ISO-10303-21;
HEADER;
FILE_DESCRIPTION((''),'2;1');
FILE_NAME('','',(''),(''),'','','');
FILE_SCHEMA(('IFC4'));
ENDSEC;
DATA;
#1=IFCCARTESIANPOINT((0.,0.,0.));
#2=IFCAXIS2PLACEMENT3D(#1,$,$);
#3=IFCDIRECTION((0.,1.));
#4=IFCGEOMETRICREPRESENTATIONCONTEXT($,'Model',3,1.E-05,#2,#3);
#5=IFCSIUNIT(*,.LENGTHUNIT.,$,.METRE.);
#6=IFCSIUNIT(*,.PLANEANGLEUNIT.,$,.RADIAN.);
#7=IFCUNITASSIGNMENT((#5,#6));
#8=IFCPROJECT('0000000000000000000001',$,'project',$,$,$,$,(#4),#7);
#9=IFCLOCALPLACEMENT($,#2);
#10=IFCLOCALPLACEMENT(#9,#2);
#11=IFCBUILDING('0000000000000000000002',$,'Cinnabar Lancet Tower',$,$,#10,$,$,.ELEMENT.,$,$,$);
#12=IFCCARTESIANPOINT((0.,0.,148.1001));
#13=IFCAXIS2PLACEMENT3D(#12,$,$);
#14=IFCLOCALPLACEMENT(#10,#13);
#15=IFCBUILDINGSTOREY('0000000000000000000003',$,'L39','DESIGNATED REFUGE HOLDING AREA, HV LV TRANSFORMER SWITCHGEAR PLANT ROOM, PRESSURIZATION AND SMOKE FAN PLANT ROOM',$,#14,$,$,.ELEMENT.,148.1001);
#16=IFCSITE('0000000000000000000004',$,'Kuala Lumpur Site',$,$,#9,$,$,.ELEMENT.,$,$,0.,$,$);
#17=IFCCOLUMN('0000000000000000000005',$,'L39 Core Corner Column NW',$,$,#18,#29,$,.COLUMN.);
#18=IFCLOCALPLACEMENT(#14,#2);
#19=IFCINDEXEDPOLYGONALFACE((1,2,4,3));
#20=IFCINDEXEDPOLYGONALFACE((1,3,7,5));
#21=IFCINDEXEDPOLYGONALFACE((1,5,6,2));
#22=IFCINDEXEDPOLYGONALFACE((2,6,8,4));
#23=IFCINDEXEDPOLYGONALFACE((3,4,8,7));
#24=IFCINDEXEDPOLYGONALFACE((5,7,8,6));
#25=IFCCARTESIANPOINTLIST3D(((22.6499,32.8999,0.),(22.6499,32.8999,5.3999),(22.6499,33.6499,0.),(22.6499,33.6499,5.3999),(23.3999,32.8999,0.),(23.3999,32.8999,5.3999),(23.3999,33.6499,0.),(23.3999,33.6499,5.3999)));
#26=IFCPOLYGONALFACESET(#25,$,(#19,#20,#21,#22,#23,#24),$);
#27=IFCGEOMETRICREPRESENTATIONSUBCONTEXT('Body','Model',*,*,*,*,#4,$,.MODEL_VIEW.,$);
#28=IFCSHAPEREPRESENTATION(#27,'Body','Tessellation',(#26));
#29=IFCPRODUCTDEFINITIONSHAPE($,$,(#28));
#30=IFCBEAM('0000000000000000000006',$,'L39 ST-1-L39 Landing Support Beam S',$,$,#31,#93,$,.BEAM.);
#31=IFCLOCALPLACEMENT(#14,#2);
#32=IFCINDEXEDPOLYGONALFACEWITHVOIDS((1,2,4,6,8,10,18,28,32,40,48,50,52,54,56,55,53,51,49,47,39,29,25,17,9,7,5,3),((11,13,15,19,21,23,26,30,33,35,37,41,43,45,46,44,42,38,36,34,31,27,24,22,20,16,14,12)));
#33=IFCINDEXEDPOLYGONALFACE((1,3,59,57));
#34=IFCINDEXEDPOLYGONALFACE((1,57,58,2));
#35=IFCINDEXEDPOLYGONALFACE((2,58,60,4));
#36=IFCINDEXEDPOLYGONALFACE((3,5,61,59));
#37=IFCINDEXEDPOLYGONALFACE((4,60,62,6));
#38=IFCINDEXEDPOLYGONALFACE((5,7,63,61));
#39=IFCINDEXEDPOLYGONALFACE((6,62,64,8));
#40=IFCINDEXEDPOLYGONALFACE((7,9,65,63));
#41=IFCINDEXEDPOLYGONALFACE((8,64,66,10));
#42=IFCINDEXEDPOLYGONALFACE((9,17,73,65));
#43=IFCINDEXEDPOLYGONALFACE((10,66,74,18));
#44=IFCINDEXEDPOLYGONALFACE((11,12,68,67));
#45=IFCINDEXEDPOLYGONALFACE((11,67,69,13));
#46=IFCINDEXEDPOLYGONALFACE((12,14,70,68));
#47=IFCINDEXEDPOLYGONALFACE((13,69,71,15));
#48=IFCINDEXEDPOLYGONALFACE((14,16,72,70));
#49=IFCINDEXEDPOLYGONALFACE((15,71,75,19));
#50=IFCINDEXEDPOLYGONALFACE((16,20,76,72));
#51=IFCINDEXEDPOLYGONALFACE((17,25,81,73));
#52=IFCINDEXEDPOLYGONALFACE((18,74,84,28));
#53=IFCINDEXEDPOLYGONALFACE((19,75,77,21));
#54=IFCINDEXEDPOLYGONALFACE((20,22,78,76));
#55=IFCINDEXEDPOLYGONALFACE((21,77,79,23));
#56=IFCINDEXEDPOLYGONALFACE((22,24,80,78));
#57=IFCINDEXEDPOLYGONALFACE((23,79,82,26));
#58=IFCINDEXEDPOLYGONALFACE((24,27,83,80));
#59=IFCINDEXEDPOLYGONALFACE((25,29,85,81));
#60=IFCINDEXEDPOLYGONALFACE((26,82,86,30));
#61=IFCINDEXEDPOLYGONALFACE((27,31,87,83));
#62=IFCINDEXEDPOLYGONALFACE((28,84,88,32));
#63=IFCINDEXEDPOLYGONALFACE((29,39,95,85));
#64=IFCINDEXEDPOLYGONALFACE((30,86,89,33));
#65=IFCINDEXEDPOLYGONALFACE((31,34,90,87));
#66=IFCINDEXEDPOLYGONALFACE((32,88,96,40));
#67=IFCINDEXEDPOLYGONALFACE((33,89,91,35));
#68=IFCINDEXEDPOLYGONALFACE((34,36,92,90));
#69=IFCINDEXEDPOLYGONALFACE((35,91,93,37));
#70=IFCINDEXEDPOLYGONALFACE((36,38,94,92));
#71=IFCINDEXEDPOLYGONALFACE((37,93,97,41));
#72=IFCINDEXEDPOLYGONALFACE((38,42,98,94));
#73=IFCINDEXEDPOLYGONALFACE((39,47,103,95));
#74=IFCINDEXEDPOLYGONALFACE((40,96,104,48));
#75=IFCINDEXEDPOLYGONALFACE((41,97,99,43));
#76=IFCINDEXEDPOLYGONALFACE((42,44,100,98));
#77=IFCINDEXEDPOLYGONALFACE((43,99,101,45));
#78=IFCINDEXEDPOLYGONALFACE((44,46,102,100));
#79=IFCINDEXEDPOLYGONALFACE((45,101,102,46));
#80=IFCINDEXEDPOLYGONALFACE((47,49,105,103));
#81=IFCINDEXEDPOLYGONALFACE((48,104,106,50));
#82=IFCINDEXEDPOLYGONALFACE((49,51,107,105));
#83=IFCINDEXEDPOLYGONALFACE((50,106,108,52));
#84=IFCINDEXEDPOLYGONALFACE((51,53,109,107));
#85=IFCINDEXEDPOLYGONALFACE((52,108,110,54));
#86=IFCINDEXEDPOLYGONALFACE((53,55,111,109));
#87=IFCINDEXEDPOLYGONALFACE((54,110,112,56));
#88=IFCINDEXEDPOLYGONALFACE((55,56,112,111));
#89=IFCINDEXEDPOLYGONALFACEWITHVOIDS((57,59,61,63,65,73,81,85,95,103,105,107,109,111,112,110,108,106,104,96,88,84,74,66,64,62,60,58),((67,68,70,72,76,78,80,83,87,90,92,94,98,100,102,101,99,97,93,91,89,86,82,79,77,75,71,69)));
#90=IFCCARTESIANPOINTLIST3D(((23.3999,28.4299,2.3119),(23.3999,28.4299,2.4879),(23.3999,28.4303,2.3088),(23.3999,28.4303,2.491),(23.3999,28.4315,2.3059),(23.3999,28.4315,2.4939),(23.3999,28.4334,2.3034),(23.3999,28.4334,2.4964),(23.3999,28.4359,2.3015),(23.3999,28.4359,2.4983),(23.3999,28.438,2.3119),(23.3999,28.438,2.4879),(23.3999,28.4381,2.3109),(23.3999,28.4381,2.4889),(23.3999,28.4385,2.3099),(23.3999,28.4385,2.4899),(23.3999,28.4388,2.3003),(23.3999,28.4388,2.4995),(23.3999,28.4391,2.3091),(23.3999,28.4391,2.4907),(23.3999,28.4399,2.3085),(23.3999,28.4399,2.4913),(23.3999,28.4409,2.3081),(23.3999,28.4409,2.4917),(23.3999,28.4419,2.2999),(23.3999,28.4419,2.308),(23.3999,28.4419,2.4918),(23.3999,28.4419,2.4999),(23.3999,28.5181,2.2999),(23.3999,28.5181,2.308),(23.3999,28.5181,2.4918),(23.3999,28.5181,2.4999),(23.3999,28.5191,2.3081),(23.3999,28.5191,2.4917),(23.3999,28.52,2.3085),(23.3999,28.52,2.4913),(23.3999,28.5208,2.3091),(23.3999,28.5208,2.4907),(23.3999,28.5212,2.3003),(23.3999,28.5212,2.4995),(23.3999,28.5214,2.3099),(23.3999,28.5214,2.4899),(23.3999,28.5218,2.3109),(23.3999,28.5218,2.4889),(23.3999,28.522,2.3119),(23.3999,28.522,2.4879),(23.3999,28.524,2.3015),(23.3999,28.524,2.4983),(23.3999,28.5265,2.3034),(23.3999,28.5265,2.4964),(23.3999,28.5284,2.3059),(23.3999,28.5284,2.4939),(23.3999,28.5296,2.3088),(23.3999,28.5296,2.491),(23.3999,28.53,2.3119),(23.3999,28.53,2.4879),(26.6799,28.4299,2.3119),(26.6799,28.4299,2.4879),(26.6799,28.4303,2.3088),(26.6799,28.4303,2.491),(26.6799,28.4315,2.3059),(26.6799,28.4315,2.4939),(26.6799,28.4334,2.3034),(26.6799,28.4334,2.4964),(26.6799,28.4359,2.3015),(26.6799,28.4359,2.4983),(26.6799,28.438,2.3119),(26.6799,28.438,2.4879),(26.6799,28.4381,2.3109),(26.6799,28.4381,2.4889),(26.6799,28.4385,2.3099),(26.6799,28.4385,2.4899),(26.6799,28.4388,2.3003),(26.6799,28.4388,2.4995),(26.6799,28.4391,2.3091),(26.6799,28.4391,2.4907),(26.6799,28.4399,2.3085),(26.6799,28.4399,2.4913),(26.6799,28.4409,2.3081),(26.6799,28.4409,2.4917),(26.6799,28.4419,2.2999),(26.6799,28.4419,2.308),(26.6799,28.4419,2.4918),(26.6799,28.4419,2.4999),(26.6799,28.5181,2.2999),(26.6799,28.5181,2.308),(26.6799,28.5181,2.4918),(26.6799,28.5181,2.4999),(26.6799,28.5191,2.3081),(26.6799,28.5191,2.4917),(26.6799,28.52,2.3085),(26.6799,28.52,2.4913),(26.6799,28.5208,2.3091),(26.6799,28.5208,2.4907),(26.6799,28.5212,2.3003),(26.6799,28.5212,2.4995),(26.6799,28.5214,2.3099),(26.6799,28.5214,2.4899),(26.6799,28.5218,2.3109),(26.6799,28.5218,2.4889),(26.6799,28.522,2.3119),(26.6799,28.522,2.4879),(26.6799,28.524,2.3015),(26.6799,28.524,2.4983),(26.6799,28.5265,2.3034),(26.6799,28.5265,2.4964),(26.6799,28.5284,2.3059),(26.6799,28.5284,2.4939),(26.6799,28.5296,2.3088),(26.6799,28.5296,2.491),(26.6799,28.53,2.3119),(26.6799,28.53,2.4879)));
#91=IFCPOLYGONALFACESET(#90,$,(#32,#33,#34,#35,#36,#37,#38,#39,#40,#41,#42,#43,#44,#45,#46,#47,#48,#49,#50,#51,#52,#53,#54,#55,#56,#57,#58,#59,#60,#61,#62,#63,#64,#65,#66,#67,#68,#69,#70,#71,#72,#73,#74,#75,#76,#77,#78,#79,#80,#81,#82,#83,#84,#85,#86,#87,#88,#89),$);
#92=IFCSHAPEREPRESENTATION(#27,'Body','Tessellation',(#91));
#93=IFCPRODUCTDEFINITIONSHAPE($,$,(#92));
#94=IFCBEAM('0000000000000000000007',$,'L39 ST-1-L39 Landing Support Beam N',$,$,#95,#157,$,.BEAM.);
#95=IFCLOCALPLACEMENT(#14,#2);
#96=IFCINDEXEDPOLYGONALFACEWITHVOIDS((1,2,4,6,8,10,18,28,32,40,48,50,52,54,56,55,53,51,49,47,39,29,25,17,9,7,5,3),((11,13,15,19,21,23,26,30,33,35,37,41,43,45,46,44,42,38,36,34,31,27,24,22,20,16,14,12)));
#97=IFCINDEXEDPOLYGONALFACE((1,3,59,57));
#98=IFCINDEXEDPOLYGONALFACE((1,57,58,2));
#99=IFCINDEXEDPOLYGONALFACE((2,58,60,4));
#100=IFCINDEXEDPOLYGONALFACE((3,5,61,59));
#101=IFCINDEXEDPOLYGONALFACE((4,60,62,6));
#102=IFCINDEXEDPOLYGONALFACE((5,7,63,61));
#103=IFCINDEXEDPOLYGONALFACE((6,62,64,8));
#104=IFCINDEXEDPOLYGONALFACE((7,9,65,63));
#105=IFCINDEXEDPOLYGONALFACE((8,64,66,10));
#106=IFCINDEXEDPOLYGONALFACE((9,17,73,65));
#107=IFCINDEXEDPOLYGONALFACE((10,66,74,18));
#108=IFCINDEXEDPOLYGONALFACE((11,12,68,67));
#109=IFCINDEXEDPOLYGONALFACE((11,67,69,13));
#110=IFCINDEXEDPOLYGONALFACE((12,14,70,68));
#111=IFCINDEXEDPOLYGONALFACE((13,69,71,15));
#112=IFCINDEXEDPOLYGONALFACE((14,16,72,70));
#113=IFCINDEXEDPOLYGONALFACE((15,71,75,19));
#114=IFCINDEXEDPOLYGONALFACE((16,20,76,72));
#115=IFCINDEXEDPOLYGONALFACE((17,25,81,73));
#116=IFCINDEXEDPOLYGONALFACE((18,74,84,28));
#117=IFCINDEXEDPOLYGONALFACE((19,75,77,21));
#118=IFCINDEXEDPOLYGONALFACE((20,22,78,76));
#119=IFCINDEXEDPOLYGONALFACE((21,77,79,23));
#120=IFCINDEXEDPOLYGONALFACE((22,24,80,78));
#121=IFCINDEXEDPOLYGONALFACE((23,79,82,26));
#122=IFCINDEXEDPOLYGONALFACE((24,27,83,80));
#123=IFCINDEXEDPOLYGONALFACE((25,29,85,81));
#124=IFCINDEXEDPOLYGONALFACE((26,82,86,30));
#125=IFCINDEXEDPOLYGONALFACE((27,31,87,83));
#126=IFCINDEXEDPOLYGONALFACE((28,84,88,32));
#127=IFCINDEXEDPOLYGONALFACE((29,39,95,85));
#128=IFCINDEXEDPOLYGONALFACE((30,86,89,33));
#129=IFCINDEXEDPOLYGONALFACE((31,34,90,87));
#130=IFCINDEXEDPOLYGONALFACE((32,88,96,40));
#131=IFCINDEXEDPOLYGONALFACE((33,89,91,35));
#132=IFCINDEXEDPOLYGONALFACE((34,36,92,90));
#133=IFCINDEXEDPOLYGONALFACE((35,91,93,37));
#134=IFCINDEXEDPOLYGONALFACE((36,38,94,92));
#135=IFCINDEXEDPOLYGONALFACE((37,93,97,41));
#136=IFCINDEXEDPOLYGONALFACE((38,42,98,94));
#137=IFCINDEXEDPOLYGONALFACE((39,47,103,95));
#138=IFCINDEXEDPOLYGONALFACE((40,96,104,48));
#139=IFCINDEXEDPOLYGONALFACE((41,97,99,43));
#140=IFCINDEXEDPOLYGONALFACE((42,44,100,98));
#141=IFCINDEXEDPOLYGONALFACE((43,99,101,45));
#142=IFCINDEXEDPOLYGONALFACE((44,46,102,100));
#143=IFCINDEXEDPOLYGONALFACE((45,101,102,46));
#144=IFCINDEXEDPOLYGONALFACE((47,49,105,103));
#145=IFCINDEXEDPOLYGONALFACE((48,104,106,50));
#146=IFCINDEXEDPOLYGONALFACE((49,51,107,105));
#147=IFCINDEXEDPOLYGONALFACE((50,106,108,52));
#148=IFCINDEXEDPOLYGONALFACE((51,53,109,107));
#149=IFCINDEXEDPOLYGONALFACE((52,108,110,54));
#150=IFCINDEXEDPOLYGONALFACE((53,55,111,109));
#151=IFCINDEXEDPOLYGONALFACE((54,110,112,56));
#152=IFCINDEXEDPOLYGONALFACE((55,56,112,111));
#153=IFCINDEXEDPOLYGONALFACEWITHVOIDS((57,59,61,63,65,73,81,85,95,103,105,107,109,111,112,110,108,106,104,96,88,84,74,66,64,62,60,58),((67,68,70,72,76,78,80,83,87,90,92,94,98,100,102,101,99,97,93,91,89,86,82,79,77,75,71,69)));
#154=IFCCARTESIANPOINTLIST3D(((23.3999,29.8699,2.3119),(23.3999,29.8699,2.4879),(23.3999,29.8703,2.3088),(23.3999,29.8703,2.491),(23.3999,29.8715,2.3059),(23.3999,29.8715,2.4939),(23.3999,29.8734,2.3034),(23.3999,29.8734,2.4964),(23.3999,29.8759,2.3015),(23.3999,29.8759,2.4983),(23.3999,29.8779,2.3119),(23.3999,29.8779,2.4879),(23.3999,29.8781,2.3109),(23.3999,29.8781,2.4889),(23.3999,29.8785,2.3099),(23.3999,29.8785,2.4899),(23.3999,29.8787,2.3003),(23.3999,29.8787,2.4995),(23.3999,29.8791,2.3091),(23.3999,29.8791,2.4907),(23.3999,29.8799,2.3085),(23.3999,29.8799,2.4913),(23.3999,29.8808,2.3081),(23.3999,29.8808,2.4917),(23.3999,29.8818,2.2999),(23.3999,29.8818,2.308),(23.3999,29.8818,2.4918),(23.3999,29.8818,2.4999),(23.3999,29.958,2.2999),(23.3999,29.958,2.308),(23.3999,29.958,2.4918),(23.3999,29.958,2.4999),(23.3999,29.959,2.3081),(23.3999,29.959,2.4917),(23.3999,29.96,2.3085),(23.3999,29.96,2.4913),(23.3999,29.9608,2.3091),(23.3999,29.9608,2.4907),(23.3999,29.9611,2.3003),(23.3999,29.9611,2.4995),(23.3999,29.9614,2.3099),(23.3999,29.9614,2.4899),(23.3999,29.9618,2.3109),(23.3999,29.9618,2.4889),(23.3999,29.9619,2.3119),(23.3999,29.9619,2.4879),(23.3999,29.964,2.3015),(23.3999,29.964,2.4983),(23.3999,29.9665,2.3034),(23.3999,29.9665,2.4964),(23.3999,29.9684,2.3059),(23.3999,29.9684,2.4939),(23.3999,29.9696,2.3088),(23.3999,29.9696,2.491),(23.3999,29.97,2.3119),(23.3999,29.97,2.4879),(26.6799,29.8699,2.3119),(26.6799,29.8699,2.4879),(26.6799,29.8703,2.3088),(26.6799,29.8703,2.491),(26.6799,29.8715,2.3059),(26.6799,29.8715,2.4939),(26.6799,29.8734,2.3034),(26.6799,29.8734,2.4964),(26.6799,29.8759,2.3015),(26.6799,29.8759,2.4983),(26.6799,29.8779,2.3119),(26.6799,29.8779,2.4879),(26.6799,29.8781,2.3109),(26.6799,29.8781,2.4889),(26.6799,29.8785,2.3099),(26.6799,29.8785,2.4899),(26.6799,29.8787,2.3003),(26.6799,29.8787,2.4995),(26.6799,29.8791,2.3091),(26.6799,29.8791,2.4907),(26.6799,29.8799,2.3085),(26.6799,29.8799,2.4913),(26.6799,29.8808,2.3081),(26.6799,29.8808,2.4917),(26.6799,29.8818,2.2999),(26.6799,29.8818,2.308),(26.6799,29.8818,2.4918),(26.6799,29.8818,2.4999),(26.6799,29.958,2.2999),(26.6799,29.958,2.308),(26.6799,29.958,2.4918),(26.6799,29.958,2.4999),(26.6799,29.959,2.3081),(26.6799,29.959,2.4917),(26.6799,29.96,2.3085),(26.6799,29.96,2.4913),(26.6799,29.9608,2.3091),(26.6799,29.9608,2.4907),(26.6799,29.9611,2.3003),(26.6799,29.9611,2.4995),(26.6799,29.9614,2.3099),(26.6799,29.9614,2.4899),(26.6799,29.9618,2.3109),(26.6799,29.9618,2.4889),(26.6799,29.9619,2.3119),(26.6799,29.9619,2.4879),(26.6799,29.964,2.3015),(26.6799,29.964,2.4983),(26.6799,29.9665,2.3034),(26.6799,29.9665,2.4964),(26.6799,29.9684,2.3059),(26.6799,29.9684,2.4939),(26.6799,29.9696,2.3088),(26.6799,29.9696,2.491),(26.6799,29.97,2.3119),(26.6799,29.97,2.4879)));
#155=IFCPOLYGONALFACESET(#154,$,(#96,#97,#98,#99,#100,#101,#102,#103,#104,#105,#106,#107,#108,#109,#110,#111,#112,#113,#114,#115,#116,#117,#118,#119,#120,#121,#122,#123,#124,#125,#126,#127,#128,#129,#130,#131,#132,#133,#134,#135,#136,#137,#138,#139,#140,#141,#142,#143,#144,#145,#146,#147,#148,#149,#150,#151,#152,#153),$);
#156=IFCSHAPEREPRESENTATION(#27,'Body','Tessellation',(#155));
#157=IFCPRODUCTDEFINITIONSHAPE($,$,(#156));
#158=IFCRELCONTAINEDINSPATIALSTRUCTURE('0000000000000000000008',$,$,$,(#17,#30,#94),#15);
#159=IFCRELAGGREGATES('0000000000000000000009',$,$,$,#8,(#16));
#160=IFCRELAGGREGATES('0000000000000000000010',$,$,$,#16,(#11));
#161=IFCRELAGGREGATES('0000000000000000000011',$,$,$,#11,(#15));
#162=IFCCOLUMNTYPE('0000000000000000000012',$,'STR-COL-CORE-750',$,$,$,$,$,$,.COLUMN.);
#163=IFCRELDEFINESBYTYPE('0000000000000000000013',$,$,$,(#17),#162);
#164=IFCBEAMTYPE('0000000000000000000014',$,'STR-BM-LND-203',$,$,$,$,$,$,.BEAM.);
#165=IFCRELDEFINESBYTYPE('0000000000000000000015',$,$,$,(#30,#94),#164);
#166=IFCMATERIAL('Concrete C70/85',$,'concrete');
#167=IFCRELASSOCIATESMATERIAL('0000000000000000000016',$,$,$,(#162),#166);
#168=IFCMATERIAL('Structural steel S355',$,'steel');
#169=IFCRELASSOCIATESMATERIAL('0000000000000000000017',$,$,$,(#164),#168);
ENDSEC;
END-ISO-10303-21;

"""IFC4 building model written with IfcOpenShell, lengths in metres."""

from ifc_helpers import new_model, si_unit, direction, frame, origin, origin_2d, place, context, subcontext, project, spatial, rectangle, hollow_rectangle, extrude, material, material_profile, profile_set, type_object, element, save


model = new_model("IFC4")

# Units and contexts
model_context = context("Model", 3, precision=1e-05, world=origin(), true_north=direction((0.0, 1.0)))
body_context = subcontext(model_context, "Body", "Model", "MODEL_VIEW")
ifc_project = project(units=[si_unit("LENGTHUNIT", "METRE"), si_unit("PLANEANGLEUNIT", "RADIAN")], contexts=[model_context])

# Site, building, storey
site_placement = place(None, origin())
site = spatial("IfcSite", under=ifc_project, at=site_placement, Name="Kuala Lumpur Site", CompositionType="ELEMENT", RefElevation=0.0)
building_placement = place(site_placement, origin())
building = spatial("IfcBuilding", under=site, at=building_placement, Name="Cinnabar Lancet Tower", CompositionType="ELEMENT")
storey_placement = place(building_placement, frame((0.0, 0.0, 148.1001)))
storey = spatial("IfcBuildingStorey", under=building, at=storey_placement, Name="L39", Description="DESIGNATED REFUGE HOLDING AREA, HV LV TRANSFORMER SWITCHGEAR PLANT ROOM, PRESSURIZATION AND SMOKE FAN PLANT ROOM", CompositionType="ELEMENT", Elevation=148.1001)

# Column
ifc_material_1 = material(Name="Concrete C70/85", Category="concrete")
ifc_material_profile_1 = material_profile(ifc_material_1, rectangle(XDim=0.75, YDim=0.75, at=origin_2d()), Name="RC-COL 750x750")
ifc_profile_set_1 = profile_set([ifc_material_profile_1], Name="Concrete C70/85")
column_type = type_object("IfcColumnType", Name="STR-COL-CORE-750", PredefinedType="COLUMN", material=ifc_profile_set_1)
column_placement = place(storey_placement, frame((23.0249, 33.2749, 0.0), z_axis=(0.0, 0.0, 1.0), x_axis=(1.0, 0.0, 0.0)))
element("IfcColumn", 1, at=column_placement, inside=storey, type_object=column_type, Name="L39 Core Corner Column NW", PredefinedType="COLUMN", context=body_context, shape_type="SweptSolid", body=[
    extrude(rectangle(XDim=0.75, YDim=0.75, at=origin_2d()), origin(), (0.0, 0.0, 1.0), 5.3999),
])

# Beams
ifc_material_2 = material(Name="Structural steel S355", Category="steel")
ifc_material_profile_2 = material_profile(ifc_material_2, hollow_rectangle(XDim=0.1001, YDim=0.2, WallThickness=0.0081, InnerFilletRadius=0.0039, OuterFilletRadius=0.012, at=origin_2d()), Name="RHS 200x100x8")
ifc_profile_set_2 = profile_set([ifc_material_profile_2], Name="Structural steel S355")
beam_type = type_object("IfcBeamType", Name="STR-BM-LND-203", PredefinedType="BEAM", material=ifc_profile_set_2)
for number, where, z_axis, x_axis, name in (
    (2, (23.3999, 28.48, 2.3999), (1.0, 0.0, 0.0), (0.0, 1.0, 0.0), "L39 ST-1-L39 Landing Support Beam S"),
    (3, (23.3999, 29.9199, 2.3999), (1.0, 0.0, 0.0), (0.0, 1.0, 0.0), "L39 ST-1-L39 Landing Support Beam N"),
):
    element("IfcBeam", number, at=place(storey_placement, frame(where, z_axis=z_axis, x_axis=x_axis)), inside=storey, type_object=beam_type, Name=name, PredefinedType="BEAM", context=body_context, shape_type="SweptSolid", body=[
        extrude(hollow_rectangle(XDim=0.1001, YDim=0.2, WallThickness=0.0081, InnerFilletRadius=0.0039, OuterFilletRadius=0.012, at=origin_2d()), origin(), (0.0, 0.0, 1.0), 3.28),
    ])

save(model, "model.ifc")
